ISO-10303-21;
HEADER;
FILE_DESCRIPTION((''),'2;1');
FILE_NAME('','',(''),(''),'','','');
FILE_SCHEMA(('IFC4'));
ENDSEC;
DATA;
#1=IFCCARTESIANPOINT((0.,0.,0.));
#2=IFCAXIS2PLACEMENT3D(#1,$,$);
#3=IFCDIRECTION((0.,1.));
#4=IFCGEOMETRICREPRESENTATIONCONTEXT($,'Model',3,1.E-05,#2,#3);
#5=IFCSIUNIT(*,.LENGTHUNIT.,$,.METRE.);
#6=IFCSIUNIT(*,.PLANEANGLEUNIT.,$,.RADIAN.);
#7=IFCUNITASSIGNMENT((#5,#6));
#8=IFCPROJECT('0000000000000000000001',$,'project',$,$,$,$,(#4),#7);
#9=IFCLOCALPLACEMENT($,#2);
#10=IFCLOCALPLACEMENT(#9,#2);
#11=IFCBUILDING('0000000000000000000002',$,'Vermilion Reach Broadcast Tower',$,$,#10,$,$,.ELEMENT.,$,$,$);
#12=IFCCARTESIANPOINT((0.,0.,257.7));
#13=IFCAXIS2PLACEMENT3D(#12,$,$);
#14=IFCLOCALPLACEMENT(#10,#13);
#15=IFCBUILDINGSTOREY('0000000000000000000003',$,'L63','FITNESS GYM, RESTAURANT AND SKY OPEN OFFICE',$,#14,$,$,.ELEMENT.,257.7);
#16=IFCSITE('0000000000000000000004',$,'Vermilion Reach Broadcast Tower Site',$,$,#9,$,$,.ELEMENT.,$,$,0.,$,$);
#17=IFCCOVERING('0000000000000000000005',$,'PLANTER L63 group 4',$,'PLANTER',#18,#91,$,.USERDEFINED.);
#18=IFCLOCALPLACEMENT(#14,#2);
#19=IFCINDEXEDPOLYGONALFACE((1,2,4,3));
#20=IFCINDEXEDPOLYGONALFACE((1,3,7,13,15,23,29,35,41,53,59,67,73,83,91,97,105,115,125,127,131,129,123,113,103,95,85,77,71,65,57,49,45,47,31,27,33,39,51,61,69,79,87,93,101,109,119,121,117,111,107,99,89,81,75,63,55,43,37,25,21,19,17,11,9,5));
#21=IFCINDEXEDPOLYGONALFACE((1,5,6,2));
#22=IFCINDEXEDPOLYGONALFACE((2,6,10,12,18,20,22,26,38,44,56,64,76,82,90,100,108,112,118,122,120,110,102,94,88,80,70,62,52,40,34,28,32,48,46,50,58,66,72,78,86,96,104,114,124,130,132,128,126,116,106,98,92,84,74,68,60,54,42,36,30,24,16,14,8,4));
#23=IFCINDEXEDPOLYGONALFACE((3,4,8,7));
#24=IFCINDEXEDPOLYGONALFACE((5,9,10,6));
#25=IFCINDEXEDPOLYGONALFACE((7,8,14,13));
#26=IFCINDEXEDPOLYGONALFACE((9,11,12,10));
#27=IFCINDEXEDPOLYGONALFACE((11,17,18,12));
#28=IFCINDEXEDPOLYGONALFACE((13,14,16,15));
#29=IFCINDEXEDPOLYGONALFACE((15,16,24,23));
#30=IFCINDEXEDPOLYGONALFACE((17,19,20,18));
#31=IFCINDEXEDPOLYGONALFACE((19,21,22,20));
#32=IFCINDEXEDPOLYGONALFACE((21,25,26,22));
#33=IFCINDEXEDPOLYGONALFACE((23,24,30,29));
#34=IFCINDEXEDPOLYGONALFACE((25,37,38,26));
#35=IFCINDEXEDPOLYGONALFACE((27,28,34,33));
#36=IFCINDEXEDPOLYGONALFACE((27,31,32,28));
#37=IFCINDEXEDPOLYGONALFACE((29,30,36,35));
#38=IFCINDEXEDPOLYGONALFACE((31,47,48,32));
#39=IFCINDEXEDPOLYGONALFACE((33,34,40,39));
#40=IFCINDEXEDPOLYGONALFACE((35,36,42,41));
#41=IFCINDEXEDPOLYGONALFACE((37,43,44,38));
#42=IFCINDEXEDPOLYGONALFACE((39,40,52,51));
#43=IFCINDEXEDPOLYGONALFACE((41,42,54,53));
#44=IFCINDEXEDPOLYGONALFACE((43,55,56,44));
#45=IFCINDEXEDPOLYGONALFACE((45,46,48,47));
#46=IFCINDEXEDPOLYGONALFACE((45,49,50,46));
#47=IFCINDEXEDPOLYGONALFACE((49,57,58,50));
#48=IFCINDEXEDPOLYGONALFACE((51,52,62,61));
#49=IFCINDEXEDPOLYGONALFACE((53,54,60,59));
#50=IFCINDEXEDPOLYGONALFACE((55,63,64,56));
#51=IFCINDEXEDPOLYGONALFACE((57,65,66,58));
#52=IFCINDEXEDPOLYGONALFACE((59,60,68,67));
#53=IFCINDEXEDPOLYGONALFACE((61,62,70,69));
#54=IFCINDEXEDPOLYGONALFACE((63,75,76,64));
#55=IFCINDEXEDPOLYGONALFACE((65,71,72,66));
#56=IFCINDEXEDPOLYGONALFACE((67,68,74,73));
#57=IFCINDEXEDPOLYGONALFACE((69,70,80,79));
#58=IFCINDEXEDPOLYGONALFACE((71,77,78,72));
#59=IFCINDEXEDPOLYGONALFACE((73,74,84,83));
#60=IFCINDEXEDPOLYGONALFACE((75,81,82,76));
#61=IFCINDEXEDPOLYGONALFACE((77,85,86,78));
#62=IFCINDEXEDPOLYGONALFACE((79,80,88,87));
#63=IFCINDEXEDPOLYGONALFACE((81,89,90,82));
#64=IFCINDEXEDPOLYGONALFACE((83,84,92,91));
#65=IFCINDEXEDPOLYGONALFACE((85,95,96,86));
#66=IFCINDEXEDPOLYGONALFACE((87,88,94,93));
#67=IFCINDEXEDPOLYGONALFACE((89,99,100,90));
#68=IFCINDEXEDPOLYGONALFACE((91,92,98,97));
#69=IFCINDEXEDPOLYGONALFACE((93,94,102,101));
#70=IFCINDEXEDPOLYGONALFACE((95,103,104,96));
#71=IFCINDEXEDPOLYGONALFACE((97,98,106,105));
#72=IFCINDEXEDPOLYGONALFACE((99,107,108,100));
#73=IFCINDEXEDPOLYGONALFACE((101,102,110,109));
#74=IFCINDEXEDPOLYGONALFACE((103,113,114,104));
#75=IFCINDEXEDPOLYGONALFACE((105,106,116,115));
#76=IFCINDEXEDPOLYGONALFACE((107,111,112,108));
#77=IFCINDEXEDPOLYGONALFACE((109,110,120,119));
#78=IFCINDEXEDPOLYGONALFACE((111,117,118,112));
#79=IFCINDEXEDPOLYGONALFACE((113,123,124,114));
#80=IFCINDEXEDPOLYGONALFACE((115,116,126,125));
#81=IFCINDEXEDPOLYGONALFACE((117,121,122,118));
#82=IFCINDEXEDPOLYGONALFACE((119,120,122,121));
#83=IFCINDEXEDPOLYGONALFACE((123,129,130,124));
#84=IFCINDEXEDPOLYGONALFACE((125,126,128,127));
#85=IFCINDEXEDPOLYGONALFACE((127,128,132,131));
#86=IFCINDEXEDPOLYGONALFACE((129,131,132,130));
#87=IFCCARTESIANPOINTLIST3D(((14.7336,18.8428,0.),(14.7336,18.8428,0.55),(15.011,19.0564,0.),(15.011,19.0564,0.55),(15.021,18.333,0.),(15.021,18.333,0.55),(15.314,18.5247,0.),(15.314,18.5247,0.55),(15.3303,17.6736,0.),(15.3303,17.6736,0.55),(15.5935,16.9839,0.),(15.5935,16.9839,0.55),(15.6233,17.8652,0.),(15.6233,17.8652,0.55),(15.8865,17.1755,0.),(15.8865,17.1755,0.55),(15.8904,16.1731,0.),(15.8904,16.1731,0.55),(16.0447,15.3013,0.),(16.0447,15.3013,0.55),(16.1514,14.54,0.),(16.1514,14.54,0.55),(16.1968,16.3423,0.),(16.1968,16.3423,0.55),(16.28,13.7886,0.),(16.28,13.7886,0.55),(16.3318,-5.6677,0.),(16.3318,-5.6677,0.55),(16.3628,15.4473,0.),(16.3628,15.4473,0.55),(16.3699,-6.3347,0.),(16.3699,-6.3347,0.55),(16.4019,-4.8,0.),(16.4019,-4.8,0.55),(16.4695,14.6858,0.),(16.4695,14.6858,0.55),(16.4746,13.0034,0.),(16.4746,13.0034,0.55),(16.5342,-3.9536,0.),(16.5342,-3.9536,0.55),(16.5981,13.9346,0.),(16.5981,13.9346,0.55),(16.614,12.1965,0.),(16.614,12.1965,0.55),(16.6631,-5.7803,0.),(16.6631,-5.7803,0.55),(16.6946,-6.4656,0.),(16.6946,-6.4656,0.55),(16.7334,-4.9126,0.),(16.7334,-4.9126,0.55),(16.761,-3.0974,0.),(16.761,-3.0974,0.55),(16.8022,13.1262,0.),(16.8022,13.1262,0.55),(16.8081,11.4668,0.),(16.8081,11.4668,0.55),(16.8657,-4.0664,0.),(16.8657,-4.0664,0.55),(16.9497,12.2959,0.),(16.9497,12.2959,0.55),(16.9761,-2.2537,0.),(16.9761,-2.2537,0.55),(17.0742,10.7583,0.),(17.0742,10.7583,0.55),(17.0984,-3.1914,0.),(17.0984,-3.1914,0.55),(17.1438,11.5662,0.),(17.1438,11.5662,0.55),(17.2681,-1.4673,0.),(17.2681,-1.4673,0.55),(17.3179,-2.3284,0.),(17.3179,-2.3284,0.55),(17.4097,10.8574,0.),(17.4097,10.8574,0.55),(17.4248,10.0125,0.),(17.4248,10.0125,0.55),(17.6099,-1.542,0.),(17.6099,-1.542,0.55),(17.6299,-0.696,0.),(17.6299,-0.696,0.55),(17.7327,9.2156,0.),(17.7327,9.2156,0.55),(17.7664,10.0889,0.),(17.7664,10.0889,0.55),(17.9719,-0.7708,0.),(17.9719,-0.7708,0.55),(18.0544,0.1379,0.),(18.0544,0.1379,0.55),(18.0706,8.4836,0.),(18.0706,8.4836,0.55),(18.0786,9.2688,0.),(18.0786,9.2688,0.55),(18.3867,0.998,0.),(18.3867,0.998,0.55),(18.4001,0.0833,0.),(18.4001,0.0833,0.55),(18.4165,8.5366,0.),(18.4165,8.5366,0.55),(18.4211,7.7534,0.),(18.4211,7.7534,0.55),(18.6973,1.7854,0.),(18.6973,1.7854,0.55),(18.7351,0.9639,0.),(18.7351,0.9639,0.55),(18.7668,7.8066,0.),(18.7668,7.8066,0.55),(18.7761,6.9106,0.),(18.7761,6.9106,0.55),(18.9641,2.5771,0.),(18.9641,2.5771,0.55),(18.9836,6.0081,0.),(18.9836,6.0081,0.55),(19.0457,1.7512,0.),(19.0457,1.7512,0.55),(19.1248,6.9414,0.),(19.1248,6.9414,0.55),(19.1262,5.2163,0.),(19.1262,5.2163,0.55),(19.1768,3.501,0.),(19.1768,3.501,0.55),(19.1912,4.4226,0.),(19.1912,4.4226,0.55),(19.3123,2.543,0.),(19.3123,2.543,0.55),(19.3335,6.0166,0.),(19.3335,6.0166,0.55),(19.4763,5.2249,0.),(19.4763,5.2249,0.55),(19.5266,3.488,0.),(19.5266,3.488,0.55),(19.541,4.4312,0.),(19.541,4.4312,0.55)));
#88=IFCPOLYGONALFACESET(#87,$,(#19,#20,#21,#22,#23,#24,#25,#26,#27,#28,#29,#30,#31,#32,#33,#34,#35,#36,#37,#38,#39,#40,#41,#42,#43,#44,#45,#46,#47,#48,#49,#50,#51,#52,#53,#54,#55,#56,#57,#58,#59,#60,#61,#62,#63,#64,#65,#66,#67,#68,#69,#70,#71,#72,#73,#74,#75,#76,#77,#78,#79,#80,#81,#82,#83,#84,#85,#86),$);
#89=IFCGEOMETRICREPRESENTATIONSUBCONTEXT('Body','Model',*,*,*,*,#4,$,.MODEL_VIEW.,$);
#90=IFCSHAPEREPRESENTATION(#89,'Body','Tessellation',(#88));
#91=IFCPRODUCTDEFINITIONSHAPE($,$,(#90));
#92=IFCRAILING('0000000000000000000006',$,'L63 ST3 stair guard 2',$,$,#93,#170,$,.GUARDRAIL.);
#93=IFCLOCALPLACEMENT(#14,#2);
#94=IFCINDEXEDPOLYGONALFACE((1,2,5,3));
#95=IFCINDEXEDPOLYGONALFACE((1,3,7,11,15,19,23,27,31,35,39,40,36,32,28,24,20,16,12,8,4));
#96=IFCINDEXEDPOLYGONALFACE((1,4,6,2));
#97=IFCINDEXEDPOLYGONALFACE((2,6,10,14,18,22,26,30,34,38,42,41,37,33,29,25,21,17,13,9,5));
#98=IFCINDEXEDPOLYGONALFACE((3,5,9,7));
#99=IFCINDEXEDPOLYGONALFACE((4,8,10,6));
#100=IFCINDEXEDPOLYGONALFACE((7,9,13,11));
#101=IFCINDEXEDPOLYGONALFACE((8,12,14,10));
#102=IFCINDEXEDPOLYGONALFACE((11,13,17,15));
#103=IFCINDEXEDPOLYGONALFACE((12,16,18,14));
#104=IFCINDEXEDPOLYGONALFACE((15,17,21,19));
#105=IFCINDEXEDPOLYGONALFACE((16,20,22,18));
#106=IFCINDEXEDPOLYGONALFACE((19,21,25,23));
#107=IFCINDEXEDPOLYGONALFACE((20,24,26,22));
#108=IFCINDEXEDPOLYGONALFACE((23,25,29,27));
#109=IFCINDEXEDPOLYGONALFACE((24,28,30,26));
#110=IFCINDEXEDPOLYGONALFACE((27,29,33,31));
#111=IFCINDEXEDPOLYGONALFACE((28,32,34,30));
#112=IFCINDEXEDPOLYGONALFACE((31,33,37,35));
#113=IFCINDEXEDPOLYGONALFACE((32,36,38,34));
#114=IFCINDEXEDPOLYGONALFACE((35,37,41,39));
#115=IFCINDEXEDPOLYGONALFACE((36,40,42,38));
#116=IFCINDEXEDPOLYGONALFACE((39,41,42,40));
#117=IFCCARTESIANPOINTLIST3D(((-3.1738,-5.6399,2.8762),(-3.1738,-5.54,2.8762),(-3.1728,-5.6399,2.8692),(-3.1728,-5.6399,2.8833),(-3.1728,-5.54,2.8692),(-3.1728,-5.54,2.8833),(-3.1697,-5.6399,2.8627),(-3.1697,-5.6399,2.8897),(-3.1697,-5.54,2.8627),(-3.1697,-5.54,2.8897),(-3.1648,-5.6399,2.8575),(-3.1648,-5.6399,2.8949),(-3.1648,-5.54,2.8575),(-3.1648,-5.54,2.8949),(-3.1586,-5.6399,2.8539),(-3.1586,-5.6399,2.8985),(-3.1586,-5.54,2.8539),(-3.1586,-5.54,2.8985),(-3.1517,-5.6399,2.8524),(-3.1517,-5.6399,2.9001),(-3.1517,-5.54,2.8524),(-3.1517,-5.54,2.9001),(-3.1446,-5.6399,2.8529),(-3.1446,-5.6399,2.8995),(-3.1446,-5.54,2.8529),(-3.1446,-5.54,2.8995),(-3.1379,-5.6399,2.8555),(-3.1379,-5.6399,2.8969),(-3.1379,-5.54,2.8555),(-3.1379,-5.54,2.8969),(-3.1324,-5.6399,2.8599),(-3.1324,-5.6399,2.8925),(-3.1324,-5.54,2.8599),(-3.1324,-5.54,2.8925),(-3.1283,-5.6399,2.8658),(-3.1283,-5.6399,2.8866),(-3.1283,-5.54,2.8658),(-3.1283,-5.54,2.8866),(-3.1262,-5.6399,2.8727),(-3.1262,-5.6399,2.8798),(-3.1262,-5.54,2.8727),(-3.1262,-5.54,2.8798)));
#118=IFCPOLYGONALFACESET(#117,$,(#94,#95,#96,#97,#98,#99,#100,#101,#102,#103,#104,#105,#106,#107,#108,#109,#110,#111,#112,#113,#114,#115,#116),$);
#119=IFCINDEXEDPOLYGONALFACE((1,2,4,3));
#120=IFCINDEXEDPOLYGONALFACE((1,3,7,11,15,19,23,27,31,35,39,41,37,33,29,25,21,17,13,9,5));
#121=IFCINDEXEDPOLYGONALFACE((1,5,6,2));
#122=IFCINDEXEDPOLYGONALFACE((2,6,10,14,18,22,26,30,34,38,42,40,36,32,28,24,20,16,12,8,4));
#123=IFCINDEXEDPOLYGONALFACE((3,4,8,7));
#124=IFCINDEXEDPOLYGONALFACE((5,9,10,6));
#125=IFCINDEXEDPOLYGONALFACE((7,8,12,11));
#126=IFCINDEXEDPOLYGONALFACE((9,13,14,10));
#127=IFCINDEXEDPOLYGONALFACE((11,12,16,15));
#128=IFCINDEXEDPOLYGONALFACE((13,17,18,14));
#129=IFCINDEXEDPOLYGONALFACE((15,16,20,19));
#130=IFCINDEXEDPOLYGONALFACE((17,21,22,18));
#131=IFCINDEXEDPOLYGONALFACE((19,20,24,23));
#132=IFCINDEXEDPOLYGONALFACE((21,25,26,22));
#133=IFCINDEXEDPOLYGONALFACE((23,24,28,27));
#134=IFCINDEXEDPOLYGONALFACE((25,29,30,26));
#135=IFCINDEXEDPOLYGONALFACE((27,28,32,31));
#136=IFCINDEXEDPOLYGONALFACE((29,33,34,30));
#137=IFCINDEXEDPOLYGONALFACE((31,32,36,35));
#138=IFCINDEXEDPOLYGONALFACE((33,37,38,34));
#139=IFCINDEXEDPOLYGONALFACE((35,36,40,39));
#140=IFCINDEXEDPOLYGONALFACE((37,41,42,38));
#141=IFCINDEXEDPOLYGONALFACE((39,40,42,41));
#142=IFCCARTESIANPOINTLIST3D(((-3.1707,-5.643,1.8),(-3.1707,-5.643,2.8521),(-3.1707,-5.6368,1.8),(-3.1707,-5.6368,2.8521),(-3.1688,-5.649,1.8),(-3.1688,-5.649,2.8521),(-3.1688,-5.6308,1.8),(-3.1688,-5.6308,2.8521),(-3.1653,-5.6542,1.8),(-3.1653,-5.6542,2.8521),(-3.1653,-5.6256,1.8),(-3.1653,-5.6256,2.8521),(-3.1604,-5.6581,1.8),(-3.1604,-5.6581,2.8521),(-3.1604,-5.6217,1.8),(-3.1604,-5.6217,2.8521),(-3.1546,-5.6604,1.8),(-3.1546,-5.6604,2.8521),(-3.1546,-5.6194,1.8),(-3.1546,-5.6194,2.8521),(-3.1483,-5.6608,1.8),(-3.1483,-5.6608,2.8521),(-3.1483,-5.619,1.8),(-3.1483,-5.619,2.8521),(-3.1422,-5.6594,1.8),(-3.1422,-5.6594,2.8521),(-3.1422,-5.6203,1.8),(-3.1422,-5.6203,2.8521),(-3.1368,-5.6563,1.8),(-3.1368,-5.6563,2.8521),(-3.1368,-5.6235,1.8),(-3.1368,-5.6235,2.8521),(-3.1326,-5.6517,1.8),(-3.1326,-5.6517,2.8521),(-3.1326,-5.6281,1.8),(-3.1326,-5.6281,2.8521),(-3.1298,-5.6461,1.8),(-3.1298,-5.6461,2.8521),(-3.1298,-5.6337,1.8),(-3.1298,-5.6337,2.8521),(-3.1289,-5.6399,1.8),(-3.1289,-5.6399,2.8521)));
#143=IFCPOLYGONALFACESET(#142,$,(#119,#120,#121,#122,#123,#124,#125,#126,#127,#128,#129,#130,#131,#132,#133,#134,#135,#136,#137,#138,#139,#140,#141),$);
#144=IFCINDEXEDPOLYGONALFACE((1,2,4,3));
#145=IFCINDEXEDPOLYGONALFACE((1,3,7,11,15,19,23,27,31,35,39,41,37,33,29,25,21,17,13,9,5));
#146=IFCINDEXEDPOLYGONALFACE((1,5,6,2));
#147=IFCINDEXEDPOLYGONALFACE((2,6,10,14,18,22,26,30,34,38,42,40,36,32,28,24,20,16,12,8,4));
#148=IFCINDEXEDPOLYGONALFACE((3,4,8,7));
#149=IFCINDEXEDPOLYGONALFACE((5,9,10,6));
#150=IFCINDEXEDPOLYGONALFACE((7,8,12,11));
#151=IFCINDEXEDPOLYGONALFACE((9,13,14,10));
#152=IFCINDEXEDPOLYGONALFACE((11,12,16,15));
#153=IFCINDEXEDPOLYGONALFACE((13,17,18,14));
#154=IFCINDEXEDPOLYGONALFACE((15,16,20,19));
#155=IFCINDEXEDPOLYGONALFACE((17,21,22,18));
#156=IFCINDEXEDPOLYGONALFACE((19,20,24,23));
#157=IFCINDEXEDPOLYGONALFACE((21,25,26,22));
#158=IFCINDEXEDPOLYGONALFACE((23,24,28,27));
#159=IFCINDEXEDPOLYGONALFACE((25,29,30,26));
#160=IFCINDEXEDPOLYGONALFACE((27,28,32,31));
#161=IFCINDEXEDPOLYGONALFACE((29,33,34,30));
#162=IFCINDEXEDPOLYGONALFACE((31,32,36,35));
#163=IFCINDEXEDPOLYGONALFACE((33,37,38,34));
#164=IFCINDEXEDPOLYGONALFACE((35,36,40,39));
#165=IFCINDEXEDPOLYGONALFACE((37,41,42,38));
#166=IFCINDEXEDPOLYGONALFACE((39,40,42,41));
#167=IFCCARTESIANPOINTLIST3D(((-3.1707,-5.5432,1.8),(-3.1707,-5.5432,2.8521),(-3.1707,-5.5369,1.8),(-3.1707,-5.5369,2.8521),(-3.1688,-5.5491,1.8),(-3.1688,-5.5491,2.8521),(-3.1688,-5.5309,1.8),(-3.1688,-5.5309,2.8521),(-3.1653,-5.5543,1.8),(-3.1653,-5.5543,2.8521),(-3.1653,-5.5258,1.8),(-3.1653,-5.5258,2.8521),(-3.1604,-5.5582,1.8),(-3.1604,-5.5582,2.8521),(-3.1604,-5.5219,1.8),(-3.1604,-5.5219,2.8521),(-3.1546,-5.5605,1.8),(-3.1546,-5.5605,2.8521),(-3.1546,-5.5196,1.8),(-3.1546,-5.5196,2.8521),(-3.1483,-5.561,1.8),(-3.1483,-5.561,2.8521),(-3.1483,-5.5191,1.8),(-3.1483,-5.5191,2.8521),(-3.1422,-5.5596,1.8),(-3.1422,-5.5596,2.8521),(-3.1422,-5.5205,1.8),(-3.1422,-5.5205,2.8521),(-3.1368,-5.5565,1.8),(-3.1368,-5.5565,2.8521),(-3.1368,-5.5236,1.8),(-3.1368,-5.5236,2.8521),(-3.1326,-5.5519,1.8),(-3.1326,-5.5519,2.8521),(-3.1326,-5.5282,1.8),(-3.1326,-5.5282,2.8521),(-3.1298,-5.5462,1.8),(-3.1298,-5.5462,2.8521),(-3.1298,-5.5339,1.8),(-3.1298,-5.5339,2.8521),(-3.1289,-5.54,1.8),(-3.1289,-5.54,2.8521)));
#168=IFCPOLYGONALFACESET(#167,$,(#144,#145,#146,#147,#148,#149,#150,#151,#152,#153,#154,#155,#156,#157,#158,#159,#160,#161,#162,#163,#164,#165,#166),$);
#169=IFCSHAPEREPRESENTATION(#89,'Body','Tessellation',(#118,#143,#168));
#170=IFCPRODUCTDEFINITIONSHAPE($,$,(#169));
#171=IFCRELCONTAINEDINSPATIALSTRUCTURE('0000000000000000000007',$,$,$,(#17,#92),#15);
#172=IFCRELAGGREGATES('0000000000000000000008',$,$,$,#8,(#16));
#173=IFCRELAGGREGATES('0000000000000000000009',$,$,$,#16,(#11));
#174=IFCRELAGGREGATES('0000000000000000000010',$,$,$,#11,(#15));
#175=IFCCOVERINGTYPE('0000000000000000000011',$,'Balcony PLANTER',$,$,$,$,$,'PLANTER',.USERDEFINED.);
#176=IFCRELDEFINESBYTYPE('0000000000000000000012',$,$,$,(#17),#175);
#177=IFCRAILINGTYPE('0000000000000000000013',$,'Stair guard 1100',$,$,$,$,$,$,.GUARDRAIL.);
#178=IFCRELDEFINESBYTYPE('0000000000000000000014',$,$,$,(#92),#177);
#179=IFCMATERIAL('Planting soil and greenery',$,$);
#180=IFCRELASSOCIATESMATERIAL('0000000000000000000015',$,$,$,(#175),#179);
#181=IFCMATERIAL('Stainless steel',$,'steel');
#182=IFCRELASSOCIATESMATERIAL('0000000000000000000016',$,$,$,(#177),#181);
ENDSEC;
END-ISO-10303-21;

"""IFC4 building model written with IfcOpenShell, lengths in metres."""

from ifc_helpers import new_model, si_unit, direction, frame, origin, origin_2d, place, context, subcontext, project, spatial, polyline, circle, outline, extrude, material, type_object, element, save


model = new_model("IFC4")

# Units and contexts
model_context = context("Model", 3, precision=1e-05, world=origin(), true_north=direction((0.0, 1.0)))
body_context = subcontext(model_context, "Body", "Model", "MODEL_VIEW")
ifc_project = project(units=[si_unit("LENGTHUNIT", "METRE"), si_unit("PLANEANGLEUNIT", "RADIAN")], contexts=[model_context])

# Site, building, storey
site_placement = place(None, origin())
site = spatial("IfcSite", under=ifc_project, at=site_placement, Name="Vermilion Reach Broadcast Tower Site", CompositionType="ELEMENT", RefElevation=0.0)
building_placement = place(site_placement, origin())
building = spatial("IfcBuilding", under=site, at=building_placement, Name="Vermilion Reach Broadcast Tower", CompositionType="ELEMENT")
storey_placement = place(building_placement, frame((0.0, 0.0, 257.7)))
storey = spatial("IfcBuildingStorey", under=building, at=storey_placement, Name="L63", Description="FITNESS GYM, RESTAURANT AND SKY OPEN OFFICE", CompositionType="ELEMENT", Elevation=257.7)

# Shared definitions
placement_1 = place(storey_placement, origin())

# Covering
ifc_material_1 = material(Name="Planting soil and greenery")
covering_type = type_object("IfcCoveringType", Name="Balcony PLANTER", ElementType="PLANTER", PredefinedType="USERDEFINED", material=ifc_material_1)
element("IfcCovering", 1, at=placement_1, inside=storey, type_object=covering_type, Name="PLANTER L63 group 4", ObjectType="PLANTER", PredefinedType="USERDEFINED", context=body_context, shape_type="SweptSolid", body=[
    extrude(outline(polyline([(16.6946, -6.4656), (16.6631, -5.7803), (16.7334, -4.9126), (16.8657, -4.0664), (17.0984, -3.1914), (17.3179, -2.3284), (17.6099, -1.542), (17.9719, -0.7708), (18.4001, 0.0833), (18.7351, 0.9639), (19.0457, 1.7512), (19.3123, 2.543), (19.5266, 3.488), (19.541, 4.4312), (19.4763, 5.2249), (19.3335, 6.0166), (19.1248, 6.9414), (18.7668, 7.8066), (18.4165, 8.5366), (18.0786, 9.2688), (17.7664, 10.0889), (17.4097, 10.8574), (17.1438, 11.5662), (16.9497, 12.2959), (16.8022, 13.1262), (16.5981, 13.9346), (16.4695, 14.6858), (16.3628, 15.4473), (16.1968, 16.3423), (15.8865, 17.1755), (15.6233, 17.8652), (15.314, 18.5247), (15.011, 19.0564), (14.7336, 18.8428), (15.021, 18.333), (15.3303, 17.6736), (15.5935, 16.9839), (15.8904, 16.1731), (16.0447, 15.3013), (16.1514, 14.54), (16.28, 13.7886), (16.4746, 13.0034), (16.614, 12.1965), (16.8081, 11.4668), (17.0742, 10.7583), (17.4248, 10.0125), (17.7327, 9.2156), (18.0706, 8.4836), (18.4211, 7.7534), (18.7761, 6.9106), (18.9836, 6.0081), (19.1262, 5.2163), (19.1912, 4.4226), (19.1768, 3.501), (18.9641, 2.5771), (18.6973, 1.7854), (18.3867, 0.998), (18.0544, 0.1379), (17.6299, -0.696), (17.2681, -1.4673), (16.9761, -2.2537), (16.761, -3.0974), (16.5342, -3.9536), (16.4019, -4.8), (16.3318, -5.6677), (16.3699, -6.3347), (16.6946, -6.4656)])), origin(), (0.0, 0.0, 1.0), 0.55),
])

# Railing
ifc_material_2 = material(Name="Stainless steel", Category="steel")
railing_type_1 = type_object("IfcRailingType", Name="Stair guard 1100", PredefinedType="GUARDRAIL", material=ifc_material_2)
railing_1_placement = place(storey_placement, frame((-3.1499, -5.6399, 1.8)))
element("IfcRailing", 2, at=railing_1_placement, inside=storey, type_object=railing_type_1, Name="L63 ST3 stair guard 2", PredefinedType="GUARDRAIL", context=body_context, shape_type="SweptSolid", body=[
    extrude(circle(Radius=0.0239, at=origin_2d()), frame((0.0, 0.0, 1.0762), z_axis=(0.0, 1.0, 0.0), x_axis=(-1.0, 0.0, 0.0)), (0.0, 0.0, 1.0), 0.0999),
    extrude(circle(Radius=0.021, at=origin_2d()), origin(), (0.0, 0.0, 1.0), 1.052),
    extrude(circle(Radius=0.021, at=origin_2d()), frame((0.0, 0.0999, 0.0)), (0.0, 0.0, 1.0), 1.052),
])

save(model, "model.ifc")
